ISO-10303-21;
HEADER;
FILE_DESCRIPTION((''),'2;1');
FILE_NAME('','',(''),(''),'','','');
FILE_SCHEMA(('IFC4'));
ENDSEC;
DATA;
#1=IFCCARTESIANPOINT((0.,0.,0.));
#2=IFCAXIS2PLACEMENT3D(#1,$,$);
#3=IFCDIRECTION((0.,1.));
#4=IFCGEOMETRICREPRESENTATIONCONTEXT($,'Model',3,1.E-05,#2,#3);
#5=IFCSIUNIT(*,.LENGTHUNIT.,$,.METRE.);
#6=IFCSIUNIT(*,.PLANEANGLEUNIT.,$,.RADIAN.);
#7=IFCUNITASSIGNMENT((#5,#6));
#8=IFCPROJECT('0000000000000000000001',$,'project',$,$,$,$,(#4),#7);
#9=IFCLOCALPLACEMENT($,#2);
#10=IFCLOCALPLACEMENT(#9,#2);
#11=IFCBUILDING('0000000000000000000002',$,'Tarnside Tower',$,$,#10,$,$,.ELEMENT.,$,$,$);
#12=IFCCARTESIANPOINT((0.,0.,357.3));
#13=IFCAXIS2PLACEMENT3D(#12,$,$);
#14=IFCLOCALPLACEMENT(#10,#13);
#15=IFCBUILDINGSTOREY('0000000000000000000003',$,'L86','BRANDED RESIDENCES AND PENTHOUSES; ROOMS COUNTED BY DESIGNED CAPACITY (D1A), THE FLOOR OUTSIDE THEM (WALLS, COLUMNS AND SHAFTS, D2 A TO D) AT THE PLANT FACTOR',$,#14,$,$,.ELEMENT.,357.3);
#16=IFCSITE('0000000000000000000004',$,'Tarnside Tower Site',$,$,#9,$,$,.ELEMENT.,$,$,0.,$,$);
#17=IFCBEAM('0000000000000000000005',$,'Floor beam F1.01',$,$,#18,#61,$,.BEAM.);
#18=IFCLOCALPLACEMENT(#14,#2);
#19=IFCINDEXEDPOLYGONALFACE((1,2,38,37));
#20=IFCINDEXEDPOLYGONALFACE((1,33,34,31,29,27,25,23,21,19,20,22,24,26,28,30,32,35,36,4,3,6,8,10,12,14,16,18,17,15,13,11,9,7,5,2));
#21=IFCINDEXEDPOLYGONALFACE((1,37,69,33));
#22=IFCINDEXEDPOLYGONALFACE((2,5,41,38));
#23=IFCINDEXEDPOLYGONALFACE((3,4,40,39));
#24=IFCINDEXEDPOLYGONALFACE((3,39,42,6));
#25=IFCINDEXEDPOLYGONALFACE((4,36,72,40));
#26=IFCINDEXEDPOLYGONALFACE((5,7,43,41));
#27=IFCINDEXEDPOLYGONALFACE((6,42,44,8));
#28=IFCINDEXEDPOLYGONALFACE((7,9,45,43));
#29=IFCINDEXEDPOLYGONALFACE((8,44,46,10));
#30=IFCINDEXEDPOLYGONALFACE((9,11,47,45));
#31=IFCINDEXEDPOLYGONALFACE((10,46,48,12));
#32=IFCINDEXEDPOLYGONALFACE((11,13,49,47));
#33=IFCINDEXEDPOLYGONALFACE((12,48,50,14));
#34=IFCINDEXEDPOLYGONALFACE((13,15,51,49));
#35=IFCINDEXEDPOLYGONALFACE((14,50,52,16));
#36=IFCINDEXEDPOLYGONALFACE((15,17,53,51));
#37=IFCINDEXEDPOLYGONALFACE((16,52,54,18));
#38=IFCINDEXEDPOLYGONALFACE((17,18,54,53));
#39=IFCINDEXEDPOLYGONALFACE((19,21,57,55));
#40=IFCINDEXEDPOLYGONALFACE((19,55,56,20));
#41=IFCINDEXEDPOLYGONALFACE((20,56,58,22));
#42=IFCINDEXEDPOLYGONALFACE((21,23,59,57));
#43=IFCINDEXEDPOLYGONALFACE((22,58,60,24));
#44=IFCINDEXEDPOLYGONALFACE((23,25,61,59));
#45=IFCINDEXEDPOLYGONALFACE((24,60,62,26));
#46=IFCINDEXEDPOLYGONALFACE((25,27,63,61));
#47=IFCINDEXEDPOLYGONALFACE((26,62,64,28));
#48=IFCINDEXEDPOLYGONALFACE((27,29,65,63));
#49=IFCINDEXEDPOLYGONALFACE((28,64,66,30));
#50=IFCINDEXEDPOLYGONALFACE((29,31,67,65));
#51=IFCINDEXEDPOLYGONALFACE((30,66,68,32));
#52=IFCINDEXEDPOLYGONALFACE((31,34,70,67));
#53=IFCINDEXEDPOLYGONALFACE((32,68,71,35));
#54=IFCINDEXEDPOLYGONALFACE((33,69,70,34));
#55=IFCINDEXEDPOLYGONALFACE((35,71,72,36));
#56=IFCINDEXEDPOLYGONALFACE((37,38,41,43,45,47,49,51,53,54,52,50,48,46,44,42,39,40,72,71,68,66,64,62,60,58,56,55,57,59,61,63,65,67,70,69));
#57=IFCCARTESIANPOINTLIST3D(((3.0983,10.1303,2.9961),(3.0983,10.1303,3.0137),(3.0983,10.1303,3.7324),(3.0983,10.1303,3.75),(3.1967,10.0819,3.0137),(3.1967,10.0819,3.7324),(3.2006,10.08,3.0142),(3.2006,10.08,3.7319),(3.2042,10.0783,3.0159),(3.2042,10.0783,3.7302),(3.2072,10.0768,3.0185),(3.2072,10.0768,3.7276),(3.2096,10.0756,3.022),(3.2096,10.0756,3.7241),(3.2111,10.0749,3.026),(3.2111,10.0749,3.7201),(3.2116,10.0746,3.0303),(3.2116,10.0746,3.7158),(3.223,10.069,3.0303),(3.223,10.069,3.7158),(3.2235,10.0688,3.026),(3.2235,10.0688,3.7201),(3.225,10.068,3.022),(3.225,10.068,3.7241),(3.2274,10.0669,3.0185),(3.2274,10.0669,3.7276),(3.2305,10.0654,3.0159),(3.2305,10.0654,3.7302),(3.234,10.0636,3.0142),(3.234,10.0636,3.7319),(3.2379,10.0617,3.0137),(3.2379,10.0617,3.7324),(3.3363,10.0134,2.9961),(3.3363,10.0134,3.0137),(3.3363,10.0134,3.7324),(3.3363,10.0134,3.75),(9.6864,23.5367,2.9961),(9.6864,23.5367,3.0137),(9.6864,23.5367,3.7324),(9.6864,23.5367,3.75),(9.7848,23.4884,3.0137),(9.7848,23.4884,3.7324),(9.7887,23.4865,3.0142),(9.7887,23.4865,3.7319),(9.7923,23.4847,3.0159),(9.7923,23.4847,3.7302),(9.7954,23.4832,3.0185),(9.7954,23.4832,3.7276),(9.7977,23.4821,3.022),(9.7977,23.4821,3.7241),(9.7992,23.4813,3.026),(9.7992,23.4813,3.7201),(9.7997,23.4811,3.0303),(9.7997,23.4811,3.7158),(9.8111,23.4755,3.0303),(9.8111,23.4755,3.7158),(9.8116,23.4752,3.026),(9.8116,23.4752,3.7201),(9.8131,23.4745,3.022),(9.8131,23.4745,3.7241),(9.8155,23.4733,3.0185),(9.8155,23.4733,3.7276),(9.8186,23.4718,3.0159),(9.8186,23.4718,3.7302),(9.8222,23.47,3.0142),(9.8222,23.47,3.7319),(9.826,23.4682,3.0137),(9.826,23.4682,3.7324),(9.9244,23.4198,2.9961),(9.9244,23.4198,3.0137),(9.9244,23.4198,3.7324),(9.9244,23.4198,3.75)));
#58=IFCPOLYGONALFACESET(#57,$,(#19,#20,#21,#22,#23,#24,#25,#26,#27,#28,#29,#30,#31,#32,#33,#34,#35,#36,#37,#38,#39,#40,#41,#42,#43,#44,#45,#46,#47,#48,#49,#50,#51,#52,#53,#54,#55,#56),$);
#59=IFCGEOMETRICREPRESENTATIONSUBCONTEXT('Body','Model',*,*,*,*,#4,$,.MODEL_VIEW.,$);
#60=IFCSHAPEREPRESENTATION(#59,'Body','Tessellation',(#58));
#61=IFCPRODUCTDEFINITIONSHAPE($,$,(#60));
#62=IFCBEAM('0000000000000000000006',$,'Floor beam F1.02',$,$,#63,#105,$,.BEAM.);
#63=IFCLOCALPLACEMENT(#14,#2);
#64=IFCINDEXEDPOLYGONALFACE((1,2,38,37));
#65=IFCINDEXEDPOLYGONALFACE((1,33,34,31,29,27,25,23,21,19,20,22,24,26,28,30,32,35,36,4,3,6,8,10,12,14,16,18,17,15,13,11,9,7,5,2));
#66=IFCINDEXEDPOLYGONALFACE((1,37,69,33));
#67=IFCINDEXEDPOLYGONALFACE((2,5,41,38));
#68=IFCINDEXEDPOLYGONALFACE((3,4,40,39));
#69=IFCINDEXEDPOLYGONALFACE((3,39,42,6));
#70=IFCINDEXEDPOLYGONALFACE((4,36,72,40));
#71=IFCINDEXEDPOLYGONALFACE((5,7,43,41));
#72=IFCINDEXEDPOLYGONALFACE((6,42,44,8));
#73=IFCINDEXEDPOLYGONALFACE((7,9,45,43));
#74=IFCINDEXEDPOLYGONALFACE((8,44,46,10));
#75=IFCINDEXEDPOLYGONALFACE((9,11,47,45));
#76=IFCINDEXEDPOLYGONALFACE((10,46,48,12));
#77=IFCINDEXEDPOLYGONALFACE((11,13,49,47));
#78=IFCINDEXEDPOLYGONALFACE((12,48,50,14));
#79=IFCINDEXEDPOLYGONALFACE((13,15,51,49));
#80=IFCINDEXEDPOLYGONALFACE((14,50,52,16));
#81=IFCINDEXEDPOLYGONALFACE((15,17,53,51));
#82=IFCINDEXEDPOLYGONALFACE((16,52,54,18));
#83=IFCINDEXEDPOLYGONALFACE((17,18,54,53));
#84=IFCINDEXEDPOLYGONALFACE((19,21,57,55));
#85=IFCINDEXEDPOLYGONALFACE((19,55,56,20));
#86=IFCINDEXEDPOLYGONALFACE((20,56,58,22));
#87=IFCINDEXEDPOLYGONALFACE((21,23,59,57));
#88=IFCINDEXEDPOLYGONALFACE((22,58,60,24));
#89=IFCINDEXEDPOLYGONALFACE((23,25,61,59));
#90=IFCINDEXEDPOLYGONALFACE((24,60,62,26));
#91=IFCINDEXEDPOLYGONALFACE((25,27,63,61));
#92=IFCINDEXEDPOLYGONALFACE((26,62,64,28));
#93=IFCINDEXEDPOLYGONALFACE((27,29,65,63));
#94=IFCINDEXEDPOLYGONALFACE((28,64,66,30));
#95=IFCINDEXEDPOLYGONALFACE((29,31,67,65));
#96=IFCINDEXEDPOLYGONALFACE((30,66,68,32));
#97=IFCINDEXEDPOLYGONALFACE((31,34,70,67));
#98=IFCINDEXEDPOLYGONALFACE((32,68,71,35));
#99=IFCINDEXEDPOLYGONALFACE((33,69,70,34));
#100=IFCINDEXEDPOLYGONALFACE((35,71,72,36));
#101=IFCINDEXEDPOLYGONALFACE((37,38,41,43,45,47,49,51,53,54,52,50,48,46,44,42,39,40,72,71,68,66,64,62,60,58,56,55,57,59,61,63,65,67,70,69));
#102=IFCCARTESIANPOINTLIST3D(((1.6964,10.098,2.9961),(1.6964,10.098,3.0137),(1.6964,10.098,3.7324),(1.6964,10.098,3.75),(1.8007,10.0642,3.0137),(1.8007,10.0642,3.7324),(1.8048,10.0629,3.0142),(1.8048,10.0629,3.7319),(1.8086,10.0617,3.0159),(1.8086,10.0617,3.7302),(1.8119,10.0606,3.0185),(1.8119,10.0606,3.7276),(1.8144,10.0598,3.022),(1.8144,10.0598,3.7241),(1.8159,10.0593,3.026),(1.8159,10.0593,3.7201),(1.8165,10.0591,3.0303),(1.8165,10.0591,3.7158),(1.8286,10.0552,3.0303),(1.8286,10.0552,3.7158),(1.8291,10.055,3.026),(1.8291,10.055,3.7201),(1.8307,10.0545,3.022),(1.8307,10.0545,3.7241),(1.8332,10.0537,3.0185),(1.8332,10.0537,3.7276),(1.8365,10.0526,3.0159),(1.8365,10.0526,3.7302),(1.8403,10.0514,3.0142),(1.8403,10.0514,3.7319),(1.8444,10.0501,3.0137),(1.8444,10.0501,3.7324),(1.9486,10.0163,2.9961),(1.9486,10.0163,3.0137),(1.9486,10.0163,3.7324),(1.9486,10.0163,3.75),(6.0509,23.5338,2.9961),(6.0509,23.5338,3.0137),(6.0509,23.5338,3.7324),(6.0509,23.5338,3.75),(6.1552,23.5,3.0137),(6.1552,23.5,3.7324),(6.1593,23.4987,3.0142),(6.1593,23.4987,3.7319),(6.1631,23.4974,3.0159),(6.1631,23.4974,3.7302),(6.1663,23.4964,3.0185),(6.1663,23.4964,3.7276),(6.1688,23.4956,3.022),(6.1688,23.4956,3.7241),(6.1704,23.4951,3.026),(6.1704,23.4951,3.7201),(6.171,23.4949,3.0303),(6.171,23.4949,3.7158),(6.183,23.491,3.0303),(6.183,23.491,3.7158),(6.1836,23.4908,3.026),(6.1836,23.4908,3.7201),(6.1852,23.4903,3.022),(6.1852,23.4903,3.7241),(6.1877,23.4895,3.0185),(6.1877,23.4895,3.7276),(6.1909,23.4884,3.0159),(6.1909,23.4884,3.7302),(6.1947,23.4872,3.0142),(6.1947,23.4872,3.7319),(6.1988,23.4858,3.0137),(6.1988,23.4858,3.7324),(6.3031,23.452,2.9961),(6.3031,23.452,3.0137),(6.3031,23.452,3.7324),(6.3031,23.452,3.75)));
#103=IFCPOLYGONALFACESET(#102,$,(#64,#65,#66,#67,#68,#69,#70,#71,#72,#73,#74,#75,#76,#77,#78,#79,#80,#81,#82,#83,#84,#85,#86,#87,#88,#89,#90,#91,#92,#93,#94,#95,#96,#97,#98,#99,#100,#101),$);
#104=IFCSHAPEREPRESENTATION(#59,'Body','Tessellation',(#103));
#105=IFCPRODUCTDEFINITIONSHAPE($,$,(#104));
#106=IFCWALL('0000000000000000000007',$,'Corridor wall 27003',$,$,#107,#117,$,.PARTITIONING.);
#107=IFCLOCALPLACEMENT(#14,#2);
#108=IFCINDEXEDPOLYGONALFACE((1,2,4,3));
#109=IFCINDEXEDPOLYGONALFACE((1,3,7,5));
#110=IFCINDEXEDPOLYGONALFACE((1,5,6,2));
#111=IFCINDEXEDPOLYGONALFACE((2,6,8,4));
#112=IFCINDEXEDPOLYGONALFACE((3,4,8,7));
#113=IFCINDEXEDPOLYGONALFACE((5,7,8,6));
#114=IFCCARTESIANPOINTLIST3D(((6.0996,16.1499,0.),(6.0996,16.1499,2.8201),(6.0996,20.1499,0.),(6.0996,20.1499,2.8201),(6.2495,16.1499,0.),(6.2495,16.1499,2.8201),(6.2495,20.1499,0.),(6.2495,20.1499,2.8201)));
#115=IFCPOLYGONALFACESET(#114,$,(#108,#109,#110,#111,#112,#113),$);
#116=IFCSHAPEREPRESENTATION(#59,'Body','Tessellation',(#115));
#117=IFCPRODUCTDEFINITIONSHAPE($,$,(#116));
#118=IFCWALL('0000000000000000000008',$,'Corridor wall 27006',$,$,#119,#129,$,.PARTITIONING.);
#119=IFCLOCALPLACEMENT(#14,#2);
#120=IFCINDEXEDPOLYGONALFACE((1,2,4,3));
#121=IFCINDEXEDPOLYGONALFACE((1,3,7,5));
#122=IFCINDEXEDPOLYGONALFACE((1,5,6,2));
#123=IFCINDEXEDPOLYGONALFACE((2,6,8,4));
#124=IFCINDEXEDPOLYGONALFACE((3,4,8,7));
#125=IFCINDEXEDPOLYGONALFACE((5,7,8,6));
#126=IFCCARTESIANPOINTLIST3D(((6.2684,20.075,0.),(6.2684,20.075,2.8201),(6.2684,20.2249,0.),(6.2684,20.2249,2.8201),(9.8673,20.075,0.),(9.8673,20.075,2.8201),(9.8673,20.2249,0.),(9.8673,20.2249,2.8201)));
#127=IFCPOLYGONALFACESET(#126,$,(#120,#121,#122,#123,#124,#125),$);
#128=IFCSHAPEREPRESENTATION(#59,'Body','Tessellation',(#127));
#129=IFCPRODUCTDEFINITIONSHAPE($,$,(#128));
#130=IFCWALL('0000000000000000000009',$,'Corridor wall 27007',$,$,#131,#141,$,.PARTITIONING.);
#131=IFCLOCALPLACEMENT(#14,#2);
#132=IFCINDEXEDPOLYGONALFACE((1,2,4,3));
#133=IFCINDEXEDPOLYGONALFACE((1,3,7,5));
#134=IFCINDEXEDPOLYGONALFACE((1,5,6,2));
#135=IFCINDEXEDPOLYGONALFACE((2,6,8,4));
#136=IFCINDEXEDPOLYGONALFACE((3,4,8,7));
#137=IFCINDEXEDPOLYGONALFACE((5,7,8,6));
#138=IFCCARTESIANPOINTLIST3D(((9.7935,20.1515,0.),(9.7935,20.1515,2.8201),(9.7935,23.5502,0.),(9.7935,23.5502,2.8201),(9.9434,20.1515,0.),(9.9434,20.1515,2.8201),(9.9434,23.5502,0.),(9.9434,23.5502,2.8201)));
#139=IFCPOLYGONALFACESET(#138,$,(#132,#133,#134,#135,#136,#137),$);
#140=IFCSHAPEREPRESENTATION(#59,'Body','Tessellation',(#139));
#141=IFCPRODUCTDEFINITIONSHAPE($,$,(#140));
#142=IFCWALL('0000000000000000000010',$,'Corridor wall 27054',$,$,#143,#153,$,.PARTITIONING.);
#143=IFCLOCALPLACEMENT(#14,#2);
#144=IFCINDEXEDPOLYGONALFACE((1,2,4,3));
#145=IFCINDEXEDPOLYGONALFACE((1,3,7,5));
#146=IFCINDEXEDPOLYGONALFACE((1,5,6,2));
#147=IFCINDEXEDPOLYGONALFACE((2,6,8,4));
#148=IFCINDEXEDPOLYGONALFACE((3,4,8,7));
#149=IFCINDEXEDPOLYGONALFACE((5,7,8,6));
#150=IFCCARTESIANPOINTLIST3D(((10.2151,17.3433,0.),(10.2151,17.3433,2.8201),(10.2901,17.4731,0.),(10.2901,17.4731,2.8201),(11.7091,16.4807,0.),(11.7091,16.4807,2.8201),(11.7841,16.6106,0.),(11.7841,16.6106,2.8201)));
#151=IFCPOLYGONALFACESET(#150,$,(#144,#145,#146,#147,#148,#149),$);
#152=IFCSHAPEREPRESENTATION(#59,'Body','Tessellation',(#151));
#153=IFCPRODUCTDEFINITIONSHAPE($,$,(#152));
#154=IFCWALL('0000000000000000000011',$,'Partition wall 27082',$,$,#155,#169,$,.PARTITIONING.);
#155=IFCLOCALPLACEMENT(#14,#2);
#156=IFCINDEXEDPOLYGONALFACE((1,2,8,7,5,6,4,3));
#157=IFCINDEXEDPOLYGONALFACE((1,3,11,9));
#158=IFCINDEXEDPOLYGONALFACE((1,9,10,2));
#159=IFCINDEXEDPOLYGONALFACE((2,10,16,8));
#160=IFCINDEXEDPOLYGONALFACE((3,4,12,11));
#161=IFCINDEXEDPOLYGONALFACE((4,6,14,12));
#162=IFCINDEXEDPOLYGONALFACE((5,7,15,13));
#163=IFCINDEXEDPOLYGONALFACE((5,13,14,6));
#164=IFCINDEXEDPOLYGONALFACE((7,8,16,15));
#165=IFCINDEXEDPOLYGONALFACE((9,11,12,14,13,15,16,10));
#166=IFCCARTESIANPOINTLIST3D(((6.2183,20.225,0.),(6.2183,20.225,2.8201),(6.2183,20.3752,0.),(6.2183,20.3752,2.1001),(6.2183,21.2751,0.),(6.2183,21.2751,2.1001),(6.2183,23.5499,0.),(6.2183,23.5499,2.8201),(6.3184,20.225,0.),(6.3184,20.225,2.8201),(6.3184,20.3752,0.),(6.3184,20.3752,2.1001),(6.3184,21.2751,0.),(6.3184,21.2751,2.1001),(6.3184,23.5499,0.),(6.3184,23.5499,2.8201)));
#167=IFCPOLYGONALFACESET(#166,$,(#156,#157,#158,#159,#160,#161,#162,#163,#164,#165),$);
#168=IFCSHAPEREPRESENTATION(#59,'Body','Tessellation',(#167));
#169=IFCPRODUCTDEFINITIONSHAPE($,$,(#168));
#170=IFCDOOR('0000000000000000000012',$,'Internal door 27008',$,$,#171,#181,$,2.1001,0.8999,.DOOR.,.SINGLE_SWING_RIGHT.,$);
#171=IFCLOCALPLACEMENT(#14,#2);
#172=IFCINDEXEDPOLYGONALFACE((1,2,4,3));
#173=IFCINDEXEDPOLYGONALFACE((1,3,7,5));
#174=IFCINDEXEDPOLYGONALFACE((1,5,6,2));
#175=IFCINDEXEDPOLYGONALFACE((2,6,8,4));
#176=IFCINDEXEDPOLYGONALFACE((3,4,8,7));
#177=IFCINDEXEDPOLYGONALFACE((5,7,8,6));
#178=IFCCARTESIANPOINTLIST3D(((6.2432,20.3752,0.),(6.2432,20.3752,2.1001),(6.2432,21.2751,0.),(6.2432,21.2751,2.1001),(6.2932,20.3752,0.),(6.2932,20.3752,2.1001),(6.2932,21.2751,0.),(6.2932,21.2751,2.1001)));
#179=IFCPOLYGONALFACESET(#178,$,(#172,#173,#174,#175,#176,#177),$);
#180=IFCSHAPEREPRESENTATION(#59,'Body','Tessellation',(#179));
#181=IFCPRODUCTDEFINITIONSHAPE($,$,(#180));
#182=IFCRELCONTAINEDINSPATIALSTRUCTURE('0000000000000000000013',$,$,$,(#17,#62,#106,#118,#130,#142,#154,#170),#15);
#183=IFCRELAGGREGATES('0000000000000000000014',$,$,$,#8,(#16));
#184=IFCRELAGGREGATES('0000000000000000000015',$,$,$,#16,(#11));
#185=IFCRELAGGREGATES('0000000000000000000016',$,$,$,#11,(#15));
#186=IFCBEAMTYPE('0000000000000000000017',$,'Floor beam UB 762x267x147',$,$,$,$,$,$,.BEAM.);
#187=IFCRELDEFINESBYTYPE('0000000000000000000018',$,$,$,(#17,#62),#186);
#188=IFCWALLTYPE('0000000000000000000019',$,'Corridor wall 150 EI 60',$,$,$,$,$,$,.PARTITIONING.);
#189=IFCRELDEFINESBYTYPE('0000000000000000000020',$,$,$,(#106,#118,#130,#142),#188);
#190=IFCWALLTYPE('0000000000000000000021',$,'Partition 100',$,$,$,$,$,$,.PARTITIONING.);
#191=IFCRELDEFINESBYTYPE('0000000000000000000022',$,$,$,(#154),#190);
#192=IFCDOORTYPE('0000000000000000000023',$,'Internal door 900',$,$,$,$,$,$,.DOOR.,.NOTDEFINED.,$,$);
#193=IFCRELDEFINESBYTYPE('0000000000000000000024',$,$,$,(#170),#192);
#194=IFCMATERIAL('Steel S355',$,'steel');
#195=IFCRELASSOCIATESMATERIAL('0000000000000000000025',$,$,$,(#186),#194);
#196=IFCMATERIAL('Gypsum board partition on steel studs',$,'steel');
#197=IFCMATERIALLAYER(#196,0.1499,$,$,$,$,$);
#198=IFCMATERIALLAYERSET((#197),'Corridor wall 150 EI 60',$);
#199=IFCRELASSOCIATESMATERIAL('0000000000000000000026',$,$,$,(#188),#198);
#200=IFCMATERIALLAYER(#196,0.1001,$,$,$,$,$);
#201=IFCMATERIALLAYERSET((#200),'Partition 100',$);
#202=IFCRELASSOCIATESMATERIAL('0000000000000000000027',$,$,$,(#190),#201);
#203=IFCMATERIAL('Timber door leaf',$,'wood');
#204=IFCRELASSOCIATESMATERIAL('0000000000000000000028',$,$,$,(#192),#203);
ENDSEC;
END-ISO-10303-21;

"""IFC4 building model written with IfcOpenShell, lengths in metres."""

from ifc_helpers import new_model, si_unit, direction, frame, frame_2d, origin, origin_2d, place, context, subcontext, project, spatial, rectangle, i_section, extrude, material, layer, layer_set, material_profile, profile_set, type_object, element, fill, save


model = new_model("IFC4")

# Units and contexts
model_context = context("Model", 3, precision=1e-05, world=origin(), true_north=direction((0.0, 1.0)))
body_context = subcontext(model_context, "Body", "Model", "MODEL_VIEW")
ifc_project = project(units=[si_unit("LENGTHUNIT", "METRE"), si_unit("PLANEANGLEUNIT", "RADIAN")], contexts=[model_context])

# Site, building, storey
site_placement = place(None, origin())
site = spatial("IfcSite", under=ifc_project, at=site_placement, Name="Tarnside Tower Site", CompositionType="ELEMENT", RefElevation=0.0)
building_placement = place(site_placement, origin())
building = spatial("IfcBuilding", under=site, at=building_placement, Name="Tarnside Tower", CompositionType="ELEMENT")
storey_placement = place(building_placement, frame((0.0, 0.0, 357.3)))
storey = spatial("IfcBuildingStorey", under=building, at=storey_placement, Name="L86", Description="BRANDED RESIDENCES AND PENTHOUSES; ROOMS COUNTED BY DESIGNED CAPACITY (D1A), THE FLOOR OUTSIDE THEM (WALLS, COLUMNS AND SHAFTS, D2 A TO D) AT THE PLANT FACTOR", CompositionType="ELEMENT", Elevation=357.3)

# Beams
ifc_material_1 = material(Name="Steel S355", Category="steel")
ifc_material_profile = material_profile(ifc_material_1, i_section(OverallWidth=0.2651, OverallDepth=0.7539, WebThickness=0.0127, FlangeThickness=0.0176, FilletRadius=0.0166, at=origin_2d()), Name="UB 762x267x147")
ifc_profile_set = profile_set([ifc_material_profile], Name="Steel S355")
beam_type = type_object("IfcBeamType", Name="Floor beam UB 762x267x147", PredefinedType="BEAM", material=ifc_profile_set)
beam_1_placement = place(storey_placement, frame((9.8054, 23.4783, 3.373), z_axis=(-0.441038, -0.897488, 0.0), x_axis=(0.897488, -0.441038, 0.0)))
element("IfcBeam", 1, at=beam_1_placement, inside=storey, type_object=beam_type, Name="Floor beam F1.01", PredefinedType="BEAM", context=body_context, shape_type="SweptSolid", body=[
    extrude(i_section(OverallWidth=0.2651, OverallDepth=0.7539, WebThickness=0.0127, FlangeThickness=0.0176, FilletRadius=0.0166, at=origin_2d()), origin(), (0.0, 0.0, 1.0), 14.9377),
])
beam_2_placement = place(storey_placement, frame((6.177, 23.4929, 3.373), z_axis=(-0.308309, -0.951286, 0.0), x_axis=(0.951286, -0.308309, 0.0)))
element("IfcBeam", 2, at=beam_2_placement, inside=storey, type_object=beam_type, Name="Floor beam F1.02", PredefinedType="BEAM", context=body_context, shape_type="SweptSolid", body=[
    extrude(i_section(OverallWidth=0.2651, OverallDepth=0.7539, WebThickness=0.0127, FlangeThickness=0.0176, FilletRadius=0.0166, at=origin_2d()), origin(), (0.0, 0.0, 1.0), 14.1238),
])

# Walls
ifc_material_2 = material(Name="Gypsum board partition on steel studs", Category="steel")
ifc_layer_1 = layer(ifc_material_2, 0.1499)
ifc_layer_set_1 = layer_set([ifc_layer_1], Name="Corridor wall 150 EI 60")
wall_type_1 = type_object("IfcWallType", Name="Corridor wall 150 EI 60", PredefinedType="PARTITIONING", material=ifc_layer_set_1)
wall_1_placement = place(storey_placement, frame((6.1746, 20.1499, 0.0), z_axis=(0.0, 0.0, 1.0), x_axis=(0.0, -1.0, 0.0)))
element("IfcWall", 3, at=wall_1_placement, inside=storey, type_object=wall_type_1, Name="Corridor wall 27003", PredefinedType="PARTITIONING", context=body_context, shape_type="SweptSolid", body=[
    extrude(rectangle(XDim=4.0, YDim=0.1499, at=frame_2d((2.0, 0.0))), origin(), (0.0, 0.0, 1.0), 2.8201),
])
wall_2_placement = place(storey_placement, frame((9.8672, 20.1499, 0.0), z_axis=(0.0, 0.0, 1.0), x_axis=(-1.0, 0.0, 0.0)))
element("IfcWall", 4, at=wall_2_placement, inside=storey, type_object=wall_type_1, Name="Corridor wall 27006", PredefinedType="PARTITIONING", context=body_context, shape_type="SweptSolid", body=[
    extrude(rectangle(XDim=3.5989, YDim=0.1499, at=frame_2d((1.7993, 0.0))), origin(), (0.0, 0.0, 1.0), 2.8201),
])
wall_3_placement = place(storey_placement, frame((9.8684, 23.55, 0.0), z_axis=(0.0, 0.0, 1.0), x_axis=(0.0, -1.0, 0.0)))
element("IfcWall", 5, at=wall_3_placement, inside=storey, type_object=wall_type_1, Name="Corridor wall 27007", PredefinedType="PARTITIONING", context=body_context, shape_type="SweptSolid", body=[
    extrude(rectangle(XDim=3.3987, YDim=0.1499, at=frame_2d((1.6992, 0.0))), origin(), (0.0, 0.0, 1.0), 2.8201),
])
wall_4_placement = place(storey_placement, frame((11.7466, 16.5457, 0.0), z_axis=(0.0, 0.0, 1.0), x_axis=(-0.866014, 0.500021, 0.0)))
element("IfcWall", 6, at=wall_4_placement, inside=storey, type_object=wall_type_1, Name="Corridor wall 27054", PredefinedType="PARTITIONING", context=body_context, shape_type="SweptSolid", body=[
    extrude(rectangle(XDim=1.7251, YDim=0.1499, at=frame_2d((0.8625, 0.0))), origin(), (0.0, 0.0, 1.0), 2.8201),
])

# Wall, opening, door
ifc_layer_2 = layer(ifc_material_2, 0.1001)
ifc_layer_set_2 = layer_set([ifc_layer_2], Name="Partition 100")
wall_type_2 = type_object("IfcWallType", Name="Partition 100", PredefinedType="PARTITIONING", material=ifc_layer_set_2)
wall_5_placement = place(storey_placement, frame((6.2683, 23.55, 0.0), z_axis=(0.0, 0.0, 1.0), x_axis=(0.0, -1.0, 0.0)))
wall_5 = element("IfcWall", 7, at=wall_5_placement, inside=storey, type_object=wall_type_2, Name="Partition wall 27082", PredefinedType="PARTITIONING", context=body_context, shape_type="SweptSolid", body=[
    extrude(rectangle(XDim=3.325, YDim=0.1001, at=frame_2d((1.6626, 0.0))), origin(), (0.0, 0.0, 1.0), 2.8201),
])
opening_1_placement = place(wall_5_placement, frame((2.2749, 0.0, 0.0)))
opening_1 = element("IfcOpeningElement", 8, at=opening_1_placement, cuts=wall_5, PredefinedType="OPENING", context=body_context, shape_type="SweptSolid", body=[
    extrude(rectangle(XDim=0.8999, YDim=2.1001, at=frame_2d((0.45, 1.05))), frame((0.0, 0.0601, 0.0), z_axis=(0.0, -1.0, 0.0), x_axis=(1.0, 0.0, 0.0)), (0.0, 0.0, 1.0), 0.1201),
])
ifc_material_3 = material(Name="Timber door leaf", Category="wood")
door_type = type_object("IfcDoorType", Name="Internal door 900", OperationType="NOTDEFINED", PredefinedType="DOOR", material=ifc_material_3)
door_placement = place(opening_1_placement, origin())
door = element("IfcDoor", 9, at=door_placement, inside=storey, type_object=door_type, Name="Internal door 27008", OperationType="SINGLE_SWING_RIGHT", OverallHeight=2.1001, OverallWidth=0.8999, PredefinedType="DOOR", context=body_context, shape_type="SweptSolid", body=[
    extrude(rectangle(XDim=0.8999, YDim=2.1001, at=frame_2d((0.45, 1.05))), frame((0.0, 0.0249, 0.0), z_axis=(0.0, -1.0, 0.0), x_axis=(1.0, 0.0, 0.0)), (0.0, 0.0, 1.0), 0.05),
])
fill(opening_1, door)

save(model, "model.ifc")
